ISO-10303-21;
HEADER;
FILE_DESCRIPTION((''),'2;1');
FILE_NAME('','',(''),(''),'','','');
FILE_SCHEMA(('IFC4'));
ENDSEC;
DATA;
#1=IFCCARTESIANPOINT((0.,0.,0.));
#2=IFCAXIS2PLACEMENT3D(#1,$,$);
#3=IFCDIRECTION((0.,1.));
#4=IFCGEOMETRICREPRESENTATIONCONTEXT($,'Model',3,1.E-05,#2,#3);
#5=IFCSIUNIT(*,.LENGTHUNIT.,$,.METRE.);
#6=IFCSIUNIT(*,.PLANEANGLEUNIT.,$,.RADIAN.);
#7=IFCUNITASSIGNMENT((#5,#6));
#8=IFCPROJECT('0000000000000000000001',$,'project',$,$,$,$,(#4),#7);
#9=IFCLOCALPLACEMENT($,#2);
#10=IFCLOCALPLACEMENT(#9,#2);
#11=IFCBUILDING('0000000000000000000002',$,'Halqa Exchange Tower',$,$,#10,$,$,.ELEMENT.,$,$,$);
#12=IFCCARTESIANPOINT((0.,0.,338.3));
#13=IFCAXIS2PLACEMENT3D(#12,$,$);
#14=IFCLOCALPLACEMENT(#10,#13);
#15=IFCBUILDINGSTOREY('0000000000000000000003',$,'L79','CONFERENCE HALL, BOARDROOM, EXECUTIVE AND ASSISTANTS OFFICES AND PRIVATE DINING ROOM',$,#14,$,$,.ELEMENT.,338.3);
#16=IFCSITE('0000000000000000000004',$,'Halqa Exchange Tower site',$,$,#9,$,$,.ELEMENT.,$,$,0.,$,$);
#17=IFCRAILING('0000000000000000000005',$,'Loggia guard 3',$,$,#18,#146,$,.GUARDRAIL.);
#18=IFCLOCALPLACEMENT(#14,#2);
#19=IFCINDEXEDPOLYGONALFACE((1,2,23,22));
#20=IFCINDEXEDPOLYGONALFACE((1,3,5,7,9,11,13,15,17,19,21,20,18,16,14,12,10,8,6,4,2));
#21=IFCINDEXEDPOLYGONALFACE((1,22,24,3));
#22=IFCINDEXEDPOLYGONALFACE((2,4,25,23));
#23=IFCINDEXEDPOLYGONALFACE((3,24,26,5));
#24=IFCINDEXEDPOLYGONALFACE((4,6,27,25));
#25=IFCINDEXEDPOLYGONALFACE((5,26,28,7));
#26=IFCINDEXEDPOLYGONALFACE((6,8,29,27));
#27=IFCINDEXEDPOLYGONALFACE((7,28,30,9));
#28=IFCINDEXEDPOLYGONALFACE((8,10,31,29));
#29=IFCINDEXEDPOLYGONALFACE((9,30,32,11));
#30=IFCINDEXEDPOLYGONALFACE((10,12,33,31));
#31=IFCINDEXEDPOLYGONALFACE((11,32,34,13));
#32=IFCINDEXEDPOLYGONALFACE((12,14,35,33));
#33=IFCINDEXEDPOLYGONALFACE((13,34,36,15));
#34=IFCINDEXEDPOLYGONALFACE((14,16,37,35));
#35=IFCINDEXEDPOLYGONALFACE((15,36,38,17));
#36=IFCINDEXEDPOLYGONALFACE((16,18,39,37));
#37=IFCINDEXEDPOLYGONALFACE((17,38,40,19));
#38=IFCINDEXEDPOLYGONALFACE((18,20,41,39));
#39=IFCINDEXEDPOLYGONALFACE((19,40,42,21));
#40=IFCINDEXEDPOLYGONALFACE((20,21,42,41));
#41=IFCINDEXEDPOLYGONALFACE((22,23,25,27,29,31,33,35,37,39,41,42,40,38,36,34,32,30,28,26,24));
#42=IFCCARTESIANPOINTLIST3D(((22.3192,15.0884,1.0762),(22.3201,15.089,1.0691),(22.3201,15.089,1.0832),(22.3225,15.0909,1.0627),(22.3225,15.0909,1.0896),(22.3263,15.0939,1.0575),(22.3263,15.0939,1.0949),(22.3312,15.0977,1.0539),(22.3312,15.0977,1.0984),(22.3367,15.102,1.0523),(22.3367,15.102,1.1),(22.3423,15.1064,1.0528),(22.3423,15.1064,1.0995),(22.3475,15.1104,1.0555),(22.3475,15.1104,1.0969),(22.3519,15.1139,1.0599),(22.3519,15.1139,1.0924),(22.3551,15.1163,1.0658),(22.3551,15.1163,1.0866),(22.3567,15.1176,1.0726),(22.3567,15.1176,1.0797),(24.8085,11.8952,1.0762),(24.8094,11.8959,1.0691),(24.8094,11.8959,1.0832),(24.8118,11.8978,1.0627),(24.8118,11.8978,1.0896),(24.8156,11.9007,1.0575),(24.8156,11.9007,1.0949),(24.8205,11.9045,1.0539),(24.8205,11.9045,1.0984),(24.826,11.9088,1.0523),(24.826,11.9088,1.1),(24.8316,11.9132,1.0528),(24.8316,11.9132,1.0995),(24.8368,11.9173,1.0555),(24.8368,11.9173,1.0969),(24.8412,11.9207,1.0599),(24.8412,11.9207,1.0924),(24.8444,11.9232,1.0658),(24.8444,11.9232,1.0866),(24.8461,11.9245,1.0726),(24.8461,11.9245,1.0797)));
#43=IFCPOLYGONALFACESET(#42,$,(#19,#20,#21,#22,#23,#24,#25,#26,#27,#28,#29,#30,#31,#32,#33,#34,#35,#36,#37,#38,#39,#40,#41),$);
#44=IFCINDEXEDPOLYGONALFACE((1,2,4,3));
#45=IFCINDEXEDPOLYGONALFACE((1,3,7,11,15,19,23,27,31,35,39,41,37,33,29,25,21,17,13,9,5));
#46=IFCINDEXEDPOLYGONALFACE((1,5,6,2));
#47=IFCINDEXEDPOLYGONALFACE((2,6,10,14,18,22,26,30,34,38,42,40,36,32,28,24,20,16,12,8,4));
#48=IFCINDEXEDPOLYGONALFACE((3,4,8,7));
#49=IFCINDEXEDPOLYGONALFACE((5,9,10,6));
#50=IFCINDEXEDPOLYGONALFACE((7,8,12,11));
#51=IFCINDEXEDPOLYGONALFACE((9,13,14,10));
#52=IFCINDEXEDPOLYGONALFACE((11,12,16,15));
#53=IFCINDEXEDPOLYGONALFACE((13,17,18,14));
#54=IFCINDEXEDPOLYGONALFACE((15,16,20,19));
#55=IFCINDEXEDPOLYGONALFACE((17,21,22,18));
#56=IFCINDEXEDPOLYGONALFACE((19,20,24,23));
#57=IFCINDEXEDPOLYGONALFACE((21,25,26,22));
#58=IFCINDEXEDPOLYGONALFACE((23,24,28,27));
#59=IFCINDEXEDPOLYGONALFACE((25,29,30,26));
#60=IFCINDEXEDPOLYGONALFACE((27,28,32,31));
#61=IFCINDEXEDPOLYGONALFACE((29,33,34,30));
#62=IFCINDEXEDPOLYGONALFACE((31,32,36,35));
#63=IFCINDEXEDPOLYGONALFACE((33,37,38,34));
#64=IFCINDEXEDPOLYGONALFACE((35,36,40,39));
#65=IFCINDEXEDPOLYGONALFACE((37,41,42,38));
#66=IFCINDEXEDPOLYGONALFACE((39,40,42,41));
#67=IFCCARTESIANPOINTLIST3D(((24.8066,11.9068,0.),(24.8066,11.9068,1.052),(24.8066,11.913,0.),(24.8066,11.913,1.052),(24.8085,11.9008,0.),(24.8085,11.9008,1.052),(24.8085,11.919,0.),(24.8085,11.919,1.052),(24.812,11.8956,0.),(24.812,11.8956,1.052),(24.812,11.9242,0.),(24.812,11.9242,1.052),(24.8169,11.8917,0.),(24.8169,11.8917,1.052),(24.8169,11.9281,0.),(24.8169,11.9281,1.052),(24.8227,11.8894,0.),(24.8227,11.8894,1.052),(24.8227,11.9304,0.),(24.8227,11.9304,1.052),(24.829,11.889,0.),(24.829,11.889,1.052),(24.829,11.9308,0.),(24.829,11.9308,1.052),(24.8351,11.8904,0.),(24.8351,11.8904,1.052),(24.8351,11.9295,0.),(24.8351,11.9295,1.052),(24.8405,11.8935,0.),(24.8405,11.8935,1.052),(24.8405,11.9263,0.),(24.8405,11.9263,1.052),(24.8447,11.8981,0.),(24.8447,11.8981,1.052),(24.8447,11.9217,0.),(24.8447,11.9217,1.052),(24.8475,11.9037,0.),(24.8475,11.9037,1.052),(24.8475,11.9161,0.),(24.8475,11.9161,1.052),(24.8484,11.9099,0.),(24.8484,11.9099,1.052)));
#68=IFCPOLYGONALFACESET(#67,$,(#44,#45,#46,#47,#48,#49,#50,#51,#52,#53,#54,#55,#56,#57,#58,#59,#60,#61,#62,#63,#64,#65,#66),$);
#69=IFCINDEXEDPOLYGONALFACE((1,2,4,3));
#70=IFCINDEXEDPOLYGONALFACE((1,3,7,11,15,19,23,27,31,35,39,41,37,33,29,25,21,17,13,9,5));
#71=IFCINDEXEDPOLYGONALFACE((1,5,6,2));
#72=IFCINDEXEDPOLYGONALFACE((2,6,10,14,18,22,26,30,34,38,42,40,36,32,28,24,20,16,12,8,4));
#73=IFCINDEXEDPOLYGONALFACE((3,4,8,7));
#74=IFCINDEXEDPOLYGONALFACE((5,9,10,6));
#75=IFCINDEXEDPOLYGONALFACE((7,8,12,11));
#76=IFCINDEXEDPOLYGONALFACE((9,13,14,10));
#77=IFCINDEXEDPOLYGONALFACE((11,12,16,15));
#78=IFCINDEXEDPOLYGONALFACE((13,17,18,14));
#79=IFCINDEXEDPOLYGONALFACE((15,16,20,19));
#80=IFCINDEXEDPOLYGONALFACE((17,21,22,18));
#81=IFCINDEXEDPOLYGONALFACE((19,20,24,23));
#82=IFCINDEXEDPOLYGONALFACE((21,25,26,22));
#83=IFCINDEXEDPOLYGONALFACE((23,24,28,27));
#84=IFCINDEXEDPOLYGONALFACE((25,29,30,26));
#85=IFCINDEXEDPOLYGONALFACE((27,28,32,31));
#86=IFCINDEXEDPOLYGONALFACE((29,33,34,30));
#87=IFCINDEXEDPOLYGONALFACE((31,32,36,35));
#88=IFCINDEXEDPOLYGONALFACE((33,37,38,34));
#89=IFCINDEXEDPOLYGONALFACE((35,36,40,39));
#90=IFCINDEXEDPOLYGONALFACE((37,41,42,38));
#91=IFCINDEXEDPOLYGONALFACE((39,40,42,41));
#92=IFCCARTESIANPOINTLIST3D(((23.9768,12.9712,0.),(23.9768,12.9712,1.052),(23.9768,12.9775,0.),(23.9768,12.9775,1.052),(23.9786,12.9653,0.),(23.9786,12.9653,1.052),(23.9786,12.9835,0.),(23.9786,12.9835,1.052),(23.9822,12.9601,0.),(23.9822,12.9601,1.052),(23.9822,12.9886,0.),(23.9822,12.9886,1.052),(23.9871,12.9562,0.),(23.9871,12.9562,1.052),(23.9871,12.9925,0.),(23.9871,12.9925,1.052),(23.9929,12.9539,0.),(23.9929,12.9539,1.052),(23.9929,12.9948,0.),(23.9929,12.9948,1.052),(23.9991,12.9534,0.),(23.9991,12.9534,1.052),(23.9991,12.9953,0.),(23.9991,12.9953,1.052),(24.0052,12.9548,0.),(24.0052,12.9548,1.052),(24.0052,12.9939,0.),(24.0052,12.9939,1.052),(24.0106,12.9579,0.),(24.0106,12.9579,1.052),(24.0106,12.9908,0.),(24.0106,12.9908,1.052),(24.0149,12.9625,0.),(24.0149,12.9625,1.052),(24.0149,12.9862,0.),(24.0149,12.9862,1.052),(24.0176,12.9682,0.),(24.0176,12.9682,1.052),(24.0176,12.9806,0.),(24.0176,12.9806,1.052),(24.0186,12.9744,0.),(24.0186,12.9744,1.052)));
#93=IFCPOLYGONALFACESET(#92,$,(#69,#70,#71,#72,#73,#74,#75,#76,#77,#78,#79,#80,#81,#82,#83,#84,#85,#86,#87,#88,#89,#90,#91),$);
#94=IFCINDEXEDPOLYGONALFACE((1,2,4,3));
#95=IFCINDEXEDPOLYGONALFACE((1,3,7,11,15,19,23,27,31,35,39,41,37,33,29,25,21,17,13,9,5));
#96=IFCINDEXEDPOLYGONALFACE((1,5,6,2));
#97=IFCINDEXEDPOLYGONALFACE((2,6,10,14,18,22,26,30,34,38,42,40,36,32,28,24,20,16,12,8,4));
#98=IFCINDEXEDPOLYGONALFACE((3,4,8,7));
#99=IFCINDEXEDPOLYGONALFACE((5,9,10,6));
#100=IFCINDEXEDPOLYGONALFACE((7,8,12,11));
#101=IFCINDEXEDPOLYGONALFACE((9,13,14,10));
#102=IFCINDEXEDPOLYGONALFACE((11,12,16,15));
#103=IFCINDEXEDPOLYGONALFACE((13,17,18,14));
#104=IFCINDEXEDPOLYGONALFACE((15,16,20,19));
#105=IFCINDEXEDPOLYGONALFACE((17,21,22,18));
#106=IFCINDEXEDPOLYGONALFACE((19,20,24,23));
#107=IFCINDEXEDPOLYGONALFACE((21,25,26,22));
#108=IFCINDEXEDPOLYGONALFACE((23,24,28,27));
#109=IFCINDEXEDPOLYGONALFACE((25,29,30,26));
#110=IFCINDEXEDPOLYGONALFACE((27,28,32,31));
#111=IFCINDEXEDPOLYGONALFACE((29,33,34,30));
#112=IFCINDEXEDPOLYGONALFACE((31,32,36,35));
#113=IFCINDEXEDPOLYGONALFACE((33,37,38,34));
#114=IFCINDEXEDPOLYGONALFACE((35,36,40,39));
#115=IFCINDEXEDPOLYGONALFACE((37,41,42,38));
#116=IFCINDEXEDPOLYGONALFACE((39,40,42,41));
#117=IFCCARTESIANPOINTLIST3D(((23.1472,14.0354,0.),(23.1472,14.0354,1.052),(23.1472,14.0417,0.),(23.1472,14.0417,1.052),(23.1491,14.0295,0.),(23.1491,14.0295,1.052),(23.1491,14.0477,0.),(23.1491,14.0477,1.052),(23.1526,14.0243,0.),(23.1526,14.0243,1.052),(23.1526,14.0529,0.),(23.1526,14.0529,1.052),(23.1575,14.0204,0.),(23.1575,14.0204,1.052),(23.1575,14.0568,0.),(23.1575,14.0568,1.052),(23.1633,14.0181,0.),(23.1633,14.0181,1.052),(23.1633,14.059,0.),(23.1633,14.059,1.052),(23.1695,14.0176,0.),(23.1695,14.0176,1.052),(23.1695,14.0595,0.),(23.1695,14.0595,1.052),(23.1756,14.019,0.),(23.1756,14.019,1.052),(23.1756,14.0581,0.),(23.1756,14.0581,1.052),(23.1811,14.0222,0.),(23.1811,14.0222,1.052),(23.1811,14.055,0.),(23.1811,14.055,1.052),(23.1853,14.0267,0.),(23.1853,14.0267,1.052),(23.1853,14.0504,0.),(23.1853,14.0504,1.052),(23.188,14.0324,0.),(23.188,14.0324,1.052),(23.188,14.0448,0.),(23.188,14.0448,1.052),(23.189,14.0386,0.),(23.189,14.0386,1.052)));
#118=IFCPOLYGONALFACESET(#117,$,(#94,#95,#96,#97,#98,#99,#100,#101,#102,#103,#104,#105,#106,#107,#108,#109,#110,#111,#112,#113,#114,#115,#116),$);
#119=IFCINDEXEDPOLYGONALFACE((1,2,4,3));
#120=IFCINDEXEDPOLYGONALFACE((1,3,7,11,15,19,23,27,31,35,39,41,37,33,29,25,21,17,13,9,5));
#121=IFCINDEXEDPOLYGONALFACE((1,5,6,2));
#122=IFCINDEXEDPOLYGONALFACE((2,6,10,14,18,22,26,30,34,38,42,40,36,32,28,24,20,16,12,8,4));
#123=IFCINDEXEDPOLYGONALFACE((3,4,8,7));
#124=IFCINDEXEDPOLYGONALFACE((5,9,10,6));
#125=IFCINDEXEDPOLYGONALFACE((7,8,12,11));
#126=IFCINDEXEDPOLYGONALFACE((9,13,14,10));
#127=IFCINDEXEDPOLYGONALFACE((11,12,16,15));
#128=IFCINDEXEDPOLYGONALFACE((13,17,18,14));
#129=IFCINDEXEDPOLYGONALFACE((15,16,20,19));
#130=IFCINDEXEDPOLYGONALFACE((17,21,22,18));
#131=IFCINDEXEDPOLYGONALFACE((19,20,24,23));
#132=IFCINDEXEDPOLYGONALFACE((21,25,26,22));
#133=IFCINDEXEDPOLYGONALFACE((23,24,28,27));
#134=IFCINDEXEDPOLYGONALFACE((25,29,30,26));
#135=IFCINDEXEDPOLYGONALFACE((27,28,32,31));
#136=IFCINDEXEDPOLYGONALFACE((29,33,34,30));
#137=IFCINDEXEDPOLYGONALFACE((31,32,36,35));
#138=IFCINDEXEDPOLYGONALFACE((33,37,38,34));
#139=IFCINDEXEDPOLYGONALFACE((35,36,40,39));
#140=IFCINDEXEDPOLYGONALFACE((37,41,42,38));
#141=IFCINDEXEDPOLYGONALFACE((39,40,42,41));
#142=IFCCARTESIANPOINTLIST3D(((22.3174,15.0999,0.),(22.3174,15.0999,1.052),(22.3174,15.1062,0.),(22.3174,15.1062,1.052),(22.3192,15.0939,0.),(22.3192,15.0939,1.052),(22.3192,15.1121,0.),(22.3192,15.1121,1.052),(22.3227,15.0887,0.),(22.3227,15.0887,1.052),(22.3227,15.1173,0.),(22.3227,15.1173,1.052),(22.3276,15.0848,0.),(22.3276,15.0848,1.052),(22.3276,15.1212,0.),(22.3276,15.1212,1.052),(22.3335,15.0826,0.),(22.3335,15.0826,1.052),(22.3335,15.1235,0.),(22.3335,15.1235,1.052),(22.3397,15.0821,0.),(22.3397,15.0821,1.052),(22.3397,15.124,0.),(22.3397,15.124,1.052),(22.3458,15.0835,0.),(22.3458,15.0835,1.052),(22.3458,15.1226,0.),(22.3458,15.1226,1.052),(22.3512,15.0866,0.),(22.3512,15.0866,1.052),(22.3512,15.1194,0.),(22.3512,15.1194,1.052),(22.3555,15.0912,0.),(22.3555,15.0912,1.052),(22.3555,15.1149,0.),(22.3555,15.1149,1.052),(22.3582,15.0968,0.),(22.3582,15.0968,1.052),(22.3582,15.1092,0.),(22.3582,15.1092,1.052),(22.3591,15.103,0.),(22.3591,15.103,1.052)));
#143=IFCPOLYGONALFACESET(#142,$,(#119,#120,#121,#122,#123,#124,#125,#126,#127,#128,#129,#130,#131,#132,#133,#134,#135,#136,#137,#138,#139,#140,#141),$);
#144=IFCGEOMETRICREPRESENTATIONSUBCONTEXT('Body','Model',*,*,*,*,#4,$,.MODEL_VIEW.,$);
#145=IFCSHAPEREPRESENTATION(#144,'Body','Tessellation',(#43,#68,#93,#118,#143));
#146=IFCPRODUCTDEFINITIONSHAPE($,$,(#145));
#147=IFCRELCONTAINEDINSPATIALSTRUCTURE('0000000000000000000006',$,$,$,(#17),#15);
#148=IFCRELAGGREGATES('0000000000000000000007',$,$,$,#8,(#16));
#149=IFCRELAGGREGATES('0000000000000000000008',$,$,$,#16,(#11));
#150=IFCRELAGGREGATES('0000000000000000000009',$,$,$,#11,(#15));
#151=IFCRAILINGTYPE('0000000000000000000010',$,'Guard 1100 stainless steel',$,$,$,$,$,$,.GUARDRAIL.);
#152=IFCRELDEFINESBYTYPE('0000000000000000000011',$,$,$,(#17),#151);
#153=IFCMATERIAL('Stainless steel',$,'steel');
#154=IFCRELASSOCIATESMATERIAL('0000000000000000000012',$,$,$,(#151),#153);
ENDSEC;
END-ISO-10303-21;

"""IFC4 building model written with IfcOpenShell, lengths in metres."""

from ifc_helpers import new_model, si_unit, direction, frame, origin, origin_2d, place, context, subcontext, project, spatial, circle, extrude, material, type_object, element, save


model = new_model("IFC4")

# Units and contexts
model_context = context("Model", 3, precision=1e-05, world=origin(), true_north=direction((0.0, 1.0)))
body_context = subcontext(model_context, "Body", "Model", "MODEL_VIEW")
ifc_project = project(units=[si_unit("LENGTHUNIT", "METRE"), si_unit("PLANEANGLEUNIT", "RADIAN")], contexts=[model_context])

# Site, building, storey
site_placement = place(None, origin())
site = spatial("IfcSite", under=ifc_project, at=site_placement, Name="Halqa Exchange Tower site", CompositionType="ELEMENT", RefElevation=0.0)
building_placement = place(site_placement, origin())
building = spatial("IfcBuilding", under=site, at=building_placement, Name="Halqa Exchange Tower", CompositionType="ELEMENT")
storey_placement = place(building_placement, frame((0.0, 0.0, 338.3)))
storey = spatial("IfcBuildingStorey", under=building, at=storey_placement, Name="L79", Description="CONFERENCE HALL, BOARDROOM, EXECUTIVE AND ASSISTANTS OFFICES AND PRIVATE DINING ROOM", CompositionType="ELEMENT", Elevation=338.3)

# Railing
ifc_material_1 = material(Name="Stainless steel", Category="steel")
railing_type = type_object("IfcRailingType", Name="Guard 1100 stainless steel", PredefinedType="GUARDRAIL", material=ifc_material_1)
railing_1_placement = place(storey_placement, frame((24.8274, 11.9099, 0.0)))
element("IfcRailing", 1, at=railing_1_placement, inside=storey, type_object=railing_type, Name="Loggia guard 3", PredefinedType="GUARDRAIL", context=body_context, shape_type="SweptSolid", body=[
    extrude(circle(Radius=0.0239, at=origin_2d()), frame((0.0, 0.0, 1.0762), z_axis=(-0.614821, 0.788667, 0.0), x_axis=(-0.788667, -0.614821, 0.0)), (0.0, 0.0, 1.0), 4.0488),
    extrude(circle(Radius=0.021, at=origin_2d()), origin(), (0.0, 0.0, 1.0), 1.052),
    extrude(circle(Radius=0.021, at=origin_2d()), frame((-0.8298, 1.0645, 0.0)), (0.0, 0.0, 1.0), 1.052),
    extrude(circle(Radius=0.021, at=origin_2d()), frame((-1.6594, 2.1287, 0.0)), (0.0, 0.0, 1.0), 1.052),
    extrude(circle(Radius=0.021, at=origin_2d()), frame((-2.4893, 3.1931, 0.0)), (0.0, 0.0, 1.0), 1.052),
])

save(model, "model.ifc")
